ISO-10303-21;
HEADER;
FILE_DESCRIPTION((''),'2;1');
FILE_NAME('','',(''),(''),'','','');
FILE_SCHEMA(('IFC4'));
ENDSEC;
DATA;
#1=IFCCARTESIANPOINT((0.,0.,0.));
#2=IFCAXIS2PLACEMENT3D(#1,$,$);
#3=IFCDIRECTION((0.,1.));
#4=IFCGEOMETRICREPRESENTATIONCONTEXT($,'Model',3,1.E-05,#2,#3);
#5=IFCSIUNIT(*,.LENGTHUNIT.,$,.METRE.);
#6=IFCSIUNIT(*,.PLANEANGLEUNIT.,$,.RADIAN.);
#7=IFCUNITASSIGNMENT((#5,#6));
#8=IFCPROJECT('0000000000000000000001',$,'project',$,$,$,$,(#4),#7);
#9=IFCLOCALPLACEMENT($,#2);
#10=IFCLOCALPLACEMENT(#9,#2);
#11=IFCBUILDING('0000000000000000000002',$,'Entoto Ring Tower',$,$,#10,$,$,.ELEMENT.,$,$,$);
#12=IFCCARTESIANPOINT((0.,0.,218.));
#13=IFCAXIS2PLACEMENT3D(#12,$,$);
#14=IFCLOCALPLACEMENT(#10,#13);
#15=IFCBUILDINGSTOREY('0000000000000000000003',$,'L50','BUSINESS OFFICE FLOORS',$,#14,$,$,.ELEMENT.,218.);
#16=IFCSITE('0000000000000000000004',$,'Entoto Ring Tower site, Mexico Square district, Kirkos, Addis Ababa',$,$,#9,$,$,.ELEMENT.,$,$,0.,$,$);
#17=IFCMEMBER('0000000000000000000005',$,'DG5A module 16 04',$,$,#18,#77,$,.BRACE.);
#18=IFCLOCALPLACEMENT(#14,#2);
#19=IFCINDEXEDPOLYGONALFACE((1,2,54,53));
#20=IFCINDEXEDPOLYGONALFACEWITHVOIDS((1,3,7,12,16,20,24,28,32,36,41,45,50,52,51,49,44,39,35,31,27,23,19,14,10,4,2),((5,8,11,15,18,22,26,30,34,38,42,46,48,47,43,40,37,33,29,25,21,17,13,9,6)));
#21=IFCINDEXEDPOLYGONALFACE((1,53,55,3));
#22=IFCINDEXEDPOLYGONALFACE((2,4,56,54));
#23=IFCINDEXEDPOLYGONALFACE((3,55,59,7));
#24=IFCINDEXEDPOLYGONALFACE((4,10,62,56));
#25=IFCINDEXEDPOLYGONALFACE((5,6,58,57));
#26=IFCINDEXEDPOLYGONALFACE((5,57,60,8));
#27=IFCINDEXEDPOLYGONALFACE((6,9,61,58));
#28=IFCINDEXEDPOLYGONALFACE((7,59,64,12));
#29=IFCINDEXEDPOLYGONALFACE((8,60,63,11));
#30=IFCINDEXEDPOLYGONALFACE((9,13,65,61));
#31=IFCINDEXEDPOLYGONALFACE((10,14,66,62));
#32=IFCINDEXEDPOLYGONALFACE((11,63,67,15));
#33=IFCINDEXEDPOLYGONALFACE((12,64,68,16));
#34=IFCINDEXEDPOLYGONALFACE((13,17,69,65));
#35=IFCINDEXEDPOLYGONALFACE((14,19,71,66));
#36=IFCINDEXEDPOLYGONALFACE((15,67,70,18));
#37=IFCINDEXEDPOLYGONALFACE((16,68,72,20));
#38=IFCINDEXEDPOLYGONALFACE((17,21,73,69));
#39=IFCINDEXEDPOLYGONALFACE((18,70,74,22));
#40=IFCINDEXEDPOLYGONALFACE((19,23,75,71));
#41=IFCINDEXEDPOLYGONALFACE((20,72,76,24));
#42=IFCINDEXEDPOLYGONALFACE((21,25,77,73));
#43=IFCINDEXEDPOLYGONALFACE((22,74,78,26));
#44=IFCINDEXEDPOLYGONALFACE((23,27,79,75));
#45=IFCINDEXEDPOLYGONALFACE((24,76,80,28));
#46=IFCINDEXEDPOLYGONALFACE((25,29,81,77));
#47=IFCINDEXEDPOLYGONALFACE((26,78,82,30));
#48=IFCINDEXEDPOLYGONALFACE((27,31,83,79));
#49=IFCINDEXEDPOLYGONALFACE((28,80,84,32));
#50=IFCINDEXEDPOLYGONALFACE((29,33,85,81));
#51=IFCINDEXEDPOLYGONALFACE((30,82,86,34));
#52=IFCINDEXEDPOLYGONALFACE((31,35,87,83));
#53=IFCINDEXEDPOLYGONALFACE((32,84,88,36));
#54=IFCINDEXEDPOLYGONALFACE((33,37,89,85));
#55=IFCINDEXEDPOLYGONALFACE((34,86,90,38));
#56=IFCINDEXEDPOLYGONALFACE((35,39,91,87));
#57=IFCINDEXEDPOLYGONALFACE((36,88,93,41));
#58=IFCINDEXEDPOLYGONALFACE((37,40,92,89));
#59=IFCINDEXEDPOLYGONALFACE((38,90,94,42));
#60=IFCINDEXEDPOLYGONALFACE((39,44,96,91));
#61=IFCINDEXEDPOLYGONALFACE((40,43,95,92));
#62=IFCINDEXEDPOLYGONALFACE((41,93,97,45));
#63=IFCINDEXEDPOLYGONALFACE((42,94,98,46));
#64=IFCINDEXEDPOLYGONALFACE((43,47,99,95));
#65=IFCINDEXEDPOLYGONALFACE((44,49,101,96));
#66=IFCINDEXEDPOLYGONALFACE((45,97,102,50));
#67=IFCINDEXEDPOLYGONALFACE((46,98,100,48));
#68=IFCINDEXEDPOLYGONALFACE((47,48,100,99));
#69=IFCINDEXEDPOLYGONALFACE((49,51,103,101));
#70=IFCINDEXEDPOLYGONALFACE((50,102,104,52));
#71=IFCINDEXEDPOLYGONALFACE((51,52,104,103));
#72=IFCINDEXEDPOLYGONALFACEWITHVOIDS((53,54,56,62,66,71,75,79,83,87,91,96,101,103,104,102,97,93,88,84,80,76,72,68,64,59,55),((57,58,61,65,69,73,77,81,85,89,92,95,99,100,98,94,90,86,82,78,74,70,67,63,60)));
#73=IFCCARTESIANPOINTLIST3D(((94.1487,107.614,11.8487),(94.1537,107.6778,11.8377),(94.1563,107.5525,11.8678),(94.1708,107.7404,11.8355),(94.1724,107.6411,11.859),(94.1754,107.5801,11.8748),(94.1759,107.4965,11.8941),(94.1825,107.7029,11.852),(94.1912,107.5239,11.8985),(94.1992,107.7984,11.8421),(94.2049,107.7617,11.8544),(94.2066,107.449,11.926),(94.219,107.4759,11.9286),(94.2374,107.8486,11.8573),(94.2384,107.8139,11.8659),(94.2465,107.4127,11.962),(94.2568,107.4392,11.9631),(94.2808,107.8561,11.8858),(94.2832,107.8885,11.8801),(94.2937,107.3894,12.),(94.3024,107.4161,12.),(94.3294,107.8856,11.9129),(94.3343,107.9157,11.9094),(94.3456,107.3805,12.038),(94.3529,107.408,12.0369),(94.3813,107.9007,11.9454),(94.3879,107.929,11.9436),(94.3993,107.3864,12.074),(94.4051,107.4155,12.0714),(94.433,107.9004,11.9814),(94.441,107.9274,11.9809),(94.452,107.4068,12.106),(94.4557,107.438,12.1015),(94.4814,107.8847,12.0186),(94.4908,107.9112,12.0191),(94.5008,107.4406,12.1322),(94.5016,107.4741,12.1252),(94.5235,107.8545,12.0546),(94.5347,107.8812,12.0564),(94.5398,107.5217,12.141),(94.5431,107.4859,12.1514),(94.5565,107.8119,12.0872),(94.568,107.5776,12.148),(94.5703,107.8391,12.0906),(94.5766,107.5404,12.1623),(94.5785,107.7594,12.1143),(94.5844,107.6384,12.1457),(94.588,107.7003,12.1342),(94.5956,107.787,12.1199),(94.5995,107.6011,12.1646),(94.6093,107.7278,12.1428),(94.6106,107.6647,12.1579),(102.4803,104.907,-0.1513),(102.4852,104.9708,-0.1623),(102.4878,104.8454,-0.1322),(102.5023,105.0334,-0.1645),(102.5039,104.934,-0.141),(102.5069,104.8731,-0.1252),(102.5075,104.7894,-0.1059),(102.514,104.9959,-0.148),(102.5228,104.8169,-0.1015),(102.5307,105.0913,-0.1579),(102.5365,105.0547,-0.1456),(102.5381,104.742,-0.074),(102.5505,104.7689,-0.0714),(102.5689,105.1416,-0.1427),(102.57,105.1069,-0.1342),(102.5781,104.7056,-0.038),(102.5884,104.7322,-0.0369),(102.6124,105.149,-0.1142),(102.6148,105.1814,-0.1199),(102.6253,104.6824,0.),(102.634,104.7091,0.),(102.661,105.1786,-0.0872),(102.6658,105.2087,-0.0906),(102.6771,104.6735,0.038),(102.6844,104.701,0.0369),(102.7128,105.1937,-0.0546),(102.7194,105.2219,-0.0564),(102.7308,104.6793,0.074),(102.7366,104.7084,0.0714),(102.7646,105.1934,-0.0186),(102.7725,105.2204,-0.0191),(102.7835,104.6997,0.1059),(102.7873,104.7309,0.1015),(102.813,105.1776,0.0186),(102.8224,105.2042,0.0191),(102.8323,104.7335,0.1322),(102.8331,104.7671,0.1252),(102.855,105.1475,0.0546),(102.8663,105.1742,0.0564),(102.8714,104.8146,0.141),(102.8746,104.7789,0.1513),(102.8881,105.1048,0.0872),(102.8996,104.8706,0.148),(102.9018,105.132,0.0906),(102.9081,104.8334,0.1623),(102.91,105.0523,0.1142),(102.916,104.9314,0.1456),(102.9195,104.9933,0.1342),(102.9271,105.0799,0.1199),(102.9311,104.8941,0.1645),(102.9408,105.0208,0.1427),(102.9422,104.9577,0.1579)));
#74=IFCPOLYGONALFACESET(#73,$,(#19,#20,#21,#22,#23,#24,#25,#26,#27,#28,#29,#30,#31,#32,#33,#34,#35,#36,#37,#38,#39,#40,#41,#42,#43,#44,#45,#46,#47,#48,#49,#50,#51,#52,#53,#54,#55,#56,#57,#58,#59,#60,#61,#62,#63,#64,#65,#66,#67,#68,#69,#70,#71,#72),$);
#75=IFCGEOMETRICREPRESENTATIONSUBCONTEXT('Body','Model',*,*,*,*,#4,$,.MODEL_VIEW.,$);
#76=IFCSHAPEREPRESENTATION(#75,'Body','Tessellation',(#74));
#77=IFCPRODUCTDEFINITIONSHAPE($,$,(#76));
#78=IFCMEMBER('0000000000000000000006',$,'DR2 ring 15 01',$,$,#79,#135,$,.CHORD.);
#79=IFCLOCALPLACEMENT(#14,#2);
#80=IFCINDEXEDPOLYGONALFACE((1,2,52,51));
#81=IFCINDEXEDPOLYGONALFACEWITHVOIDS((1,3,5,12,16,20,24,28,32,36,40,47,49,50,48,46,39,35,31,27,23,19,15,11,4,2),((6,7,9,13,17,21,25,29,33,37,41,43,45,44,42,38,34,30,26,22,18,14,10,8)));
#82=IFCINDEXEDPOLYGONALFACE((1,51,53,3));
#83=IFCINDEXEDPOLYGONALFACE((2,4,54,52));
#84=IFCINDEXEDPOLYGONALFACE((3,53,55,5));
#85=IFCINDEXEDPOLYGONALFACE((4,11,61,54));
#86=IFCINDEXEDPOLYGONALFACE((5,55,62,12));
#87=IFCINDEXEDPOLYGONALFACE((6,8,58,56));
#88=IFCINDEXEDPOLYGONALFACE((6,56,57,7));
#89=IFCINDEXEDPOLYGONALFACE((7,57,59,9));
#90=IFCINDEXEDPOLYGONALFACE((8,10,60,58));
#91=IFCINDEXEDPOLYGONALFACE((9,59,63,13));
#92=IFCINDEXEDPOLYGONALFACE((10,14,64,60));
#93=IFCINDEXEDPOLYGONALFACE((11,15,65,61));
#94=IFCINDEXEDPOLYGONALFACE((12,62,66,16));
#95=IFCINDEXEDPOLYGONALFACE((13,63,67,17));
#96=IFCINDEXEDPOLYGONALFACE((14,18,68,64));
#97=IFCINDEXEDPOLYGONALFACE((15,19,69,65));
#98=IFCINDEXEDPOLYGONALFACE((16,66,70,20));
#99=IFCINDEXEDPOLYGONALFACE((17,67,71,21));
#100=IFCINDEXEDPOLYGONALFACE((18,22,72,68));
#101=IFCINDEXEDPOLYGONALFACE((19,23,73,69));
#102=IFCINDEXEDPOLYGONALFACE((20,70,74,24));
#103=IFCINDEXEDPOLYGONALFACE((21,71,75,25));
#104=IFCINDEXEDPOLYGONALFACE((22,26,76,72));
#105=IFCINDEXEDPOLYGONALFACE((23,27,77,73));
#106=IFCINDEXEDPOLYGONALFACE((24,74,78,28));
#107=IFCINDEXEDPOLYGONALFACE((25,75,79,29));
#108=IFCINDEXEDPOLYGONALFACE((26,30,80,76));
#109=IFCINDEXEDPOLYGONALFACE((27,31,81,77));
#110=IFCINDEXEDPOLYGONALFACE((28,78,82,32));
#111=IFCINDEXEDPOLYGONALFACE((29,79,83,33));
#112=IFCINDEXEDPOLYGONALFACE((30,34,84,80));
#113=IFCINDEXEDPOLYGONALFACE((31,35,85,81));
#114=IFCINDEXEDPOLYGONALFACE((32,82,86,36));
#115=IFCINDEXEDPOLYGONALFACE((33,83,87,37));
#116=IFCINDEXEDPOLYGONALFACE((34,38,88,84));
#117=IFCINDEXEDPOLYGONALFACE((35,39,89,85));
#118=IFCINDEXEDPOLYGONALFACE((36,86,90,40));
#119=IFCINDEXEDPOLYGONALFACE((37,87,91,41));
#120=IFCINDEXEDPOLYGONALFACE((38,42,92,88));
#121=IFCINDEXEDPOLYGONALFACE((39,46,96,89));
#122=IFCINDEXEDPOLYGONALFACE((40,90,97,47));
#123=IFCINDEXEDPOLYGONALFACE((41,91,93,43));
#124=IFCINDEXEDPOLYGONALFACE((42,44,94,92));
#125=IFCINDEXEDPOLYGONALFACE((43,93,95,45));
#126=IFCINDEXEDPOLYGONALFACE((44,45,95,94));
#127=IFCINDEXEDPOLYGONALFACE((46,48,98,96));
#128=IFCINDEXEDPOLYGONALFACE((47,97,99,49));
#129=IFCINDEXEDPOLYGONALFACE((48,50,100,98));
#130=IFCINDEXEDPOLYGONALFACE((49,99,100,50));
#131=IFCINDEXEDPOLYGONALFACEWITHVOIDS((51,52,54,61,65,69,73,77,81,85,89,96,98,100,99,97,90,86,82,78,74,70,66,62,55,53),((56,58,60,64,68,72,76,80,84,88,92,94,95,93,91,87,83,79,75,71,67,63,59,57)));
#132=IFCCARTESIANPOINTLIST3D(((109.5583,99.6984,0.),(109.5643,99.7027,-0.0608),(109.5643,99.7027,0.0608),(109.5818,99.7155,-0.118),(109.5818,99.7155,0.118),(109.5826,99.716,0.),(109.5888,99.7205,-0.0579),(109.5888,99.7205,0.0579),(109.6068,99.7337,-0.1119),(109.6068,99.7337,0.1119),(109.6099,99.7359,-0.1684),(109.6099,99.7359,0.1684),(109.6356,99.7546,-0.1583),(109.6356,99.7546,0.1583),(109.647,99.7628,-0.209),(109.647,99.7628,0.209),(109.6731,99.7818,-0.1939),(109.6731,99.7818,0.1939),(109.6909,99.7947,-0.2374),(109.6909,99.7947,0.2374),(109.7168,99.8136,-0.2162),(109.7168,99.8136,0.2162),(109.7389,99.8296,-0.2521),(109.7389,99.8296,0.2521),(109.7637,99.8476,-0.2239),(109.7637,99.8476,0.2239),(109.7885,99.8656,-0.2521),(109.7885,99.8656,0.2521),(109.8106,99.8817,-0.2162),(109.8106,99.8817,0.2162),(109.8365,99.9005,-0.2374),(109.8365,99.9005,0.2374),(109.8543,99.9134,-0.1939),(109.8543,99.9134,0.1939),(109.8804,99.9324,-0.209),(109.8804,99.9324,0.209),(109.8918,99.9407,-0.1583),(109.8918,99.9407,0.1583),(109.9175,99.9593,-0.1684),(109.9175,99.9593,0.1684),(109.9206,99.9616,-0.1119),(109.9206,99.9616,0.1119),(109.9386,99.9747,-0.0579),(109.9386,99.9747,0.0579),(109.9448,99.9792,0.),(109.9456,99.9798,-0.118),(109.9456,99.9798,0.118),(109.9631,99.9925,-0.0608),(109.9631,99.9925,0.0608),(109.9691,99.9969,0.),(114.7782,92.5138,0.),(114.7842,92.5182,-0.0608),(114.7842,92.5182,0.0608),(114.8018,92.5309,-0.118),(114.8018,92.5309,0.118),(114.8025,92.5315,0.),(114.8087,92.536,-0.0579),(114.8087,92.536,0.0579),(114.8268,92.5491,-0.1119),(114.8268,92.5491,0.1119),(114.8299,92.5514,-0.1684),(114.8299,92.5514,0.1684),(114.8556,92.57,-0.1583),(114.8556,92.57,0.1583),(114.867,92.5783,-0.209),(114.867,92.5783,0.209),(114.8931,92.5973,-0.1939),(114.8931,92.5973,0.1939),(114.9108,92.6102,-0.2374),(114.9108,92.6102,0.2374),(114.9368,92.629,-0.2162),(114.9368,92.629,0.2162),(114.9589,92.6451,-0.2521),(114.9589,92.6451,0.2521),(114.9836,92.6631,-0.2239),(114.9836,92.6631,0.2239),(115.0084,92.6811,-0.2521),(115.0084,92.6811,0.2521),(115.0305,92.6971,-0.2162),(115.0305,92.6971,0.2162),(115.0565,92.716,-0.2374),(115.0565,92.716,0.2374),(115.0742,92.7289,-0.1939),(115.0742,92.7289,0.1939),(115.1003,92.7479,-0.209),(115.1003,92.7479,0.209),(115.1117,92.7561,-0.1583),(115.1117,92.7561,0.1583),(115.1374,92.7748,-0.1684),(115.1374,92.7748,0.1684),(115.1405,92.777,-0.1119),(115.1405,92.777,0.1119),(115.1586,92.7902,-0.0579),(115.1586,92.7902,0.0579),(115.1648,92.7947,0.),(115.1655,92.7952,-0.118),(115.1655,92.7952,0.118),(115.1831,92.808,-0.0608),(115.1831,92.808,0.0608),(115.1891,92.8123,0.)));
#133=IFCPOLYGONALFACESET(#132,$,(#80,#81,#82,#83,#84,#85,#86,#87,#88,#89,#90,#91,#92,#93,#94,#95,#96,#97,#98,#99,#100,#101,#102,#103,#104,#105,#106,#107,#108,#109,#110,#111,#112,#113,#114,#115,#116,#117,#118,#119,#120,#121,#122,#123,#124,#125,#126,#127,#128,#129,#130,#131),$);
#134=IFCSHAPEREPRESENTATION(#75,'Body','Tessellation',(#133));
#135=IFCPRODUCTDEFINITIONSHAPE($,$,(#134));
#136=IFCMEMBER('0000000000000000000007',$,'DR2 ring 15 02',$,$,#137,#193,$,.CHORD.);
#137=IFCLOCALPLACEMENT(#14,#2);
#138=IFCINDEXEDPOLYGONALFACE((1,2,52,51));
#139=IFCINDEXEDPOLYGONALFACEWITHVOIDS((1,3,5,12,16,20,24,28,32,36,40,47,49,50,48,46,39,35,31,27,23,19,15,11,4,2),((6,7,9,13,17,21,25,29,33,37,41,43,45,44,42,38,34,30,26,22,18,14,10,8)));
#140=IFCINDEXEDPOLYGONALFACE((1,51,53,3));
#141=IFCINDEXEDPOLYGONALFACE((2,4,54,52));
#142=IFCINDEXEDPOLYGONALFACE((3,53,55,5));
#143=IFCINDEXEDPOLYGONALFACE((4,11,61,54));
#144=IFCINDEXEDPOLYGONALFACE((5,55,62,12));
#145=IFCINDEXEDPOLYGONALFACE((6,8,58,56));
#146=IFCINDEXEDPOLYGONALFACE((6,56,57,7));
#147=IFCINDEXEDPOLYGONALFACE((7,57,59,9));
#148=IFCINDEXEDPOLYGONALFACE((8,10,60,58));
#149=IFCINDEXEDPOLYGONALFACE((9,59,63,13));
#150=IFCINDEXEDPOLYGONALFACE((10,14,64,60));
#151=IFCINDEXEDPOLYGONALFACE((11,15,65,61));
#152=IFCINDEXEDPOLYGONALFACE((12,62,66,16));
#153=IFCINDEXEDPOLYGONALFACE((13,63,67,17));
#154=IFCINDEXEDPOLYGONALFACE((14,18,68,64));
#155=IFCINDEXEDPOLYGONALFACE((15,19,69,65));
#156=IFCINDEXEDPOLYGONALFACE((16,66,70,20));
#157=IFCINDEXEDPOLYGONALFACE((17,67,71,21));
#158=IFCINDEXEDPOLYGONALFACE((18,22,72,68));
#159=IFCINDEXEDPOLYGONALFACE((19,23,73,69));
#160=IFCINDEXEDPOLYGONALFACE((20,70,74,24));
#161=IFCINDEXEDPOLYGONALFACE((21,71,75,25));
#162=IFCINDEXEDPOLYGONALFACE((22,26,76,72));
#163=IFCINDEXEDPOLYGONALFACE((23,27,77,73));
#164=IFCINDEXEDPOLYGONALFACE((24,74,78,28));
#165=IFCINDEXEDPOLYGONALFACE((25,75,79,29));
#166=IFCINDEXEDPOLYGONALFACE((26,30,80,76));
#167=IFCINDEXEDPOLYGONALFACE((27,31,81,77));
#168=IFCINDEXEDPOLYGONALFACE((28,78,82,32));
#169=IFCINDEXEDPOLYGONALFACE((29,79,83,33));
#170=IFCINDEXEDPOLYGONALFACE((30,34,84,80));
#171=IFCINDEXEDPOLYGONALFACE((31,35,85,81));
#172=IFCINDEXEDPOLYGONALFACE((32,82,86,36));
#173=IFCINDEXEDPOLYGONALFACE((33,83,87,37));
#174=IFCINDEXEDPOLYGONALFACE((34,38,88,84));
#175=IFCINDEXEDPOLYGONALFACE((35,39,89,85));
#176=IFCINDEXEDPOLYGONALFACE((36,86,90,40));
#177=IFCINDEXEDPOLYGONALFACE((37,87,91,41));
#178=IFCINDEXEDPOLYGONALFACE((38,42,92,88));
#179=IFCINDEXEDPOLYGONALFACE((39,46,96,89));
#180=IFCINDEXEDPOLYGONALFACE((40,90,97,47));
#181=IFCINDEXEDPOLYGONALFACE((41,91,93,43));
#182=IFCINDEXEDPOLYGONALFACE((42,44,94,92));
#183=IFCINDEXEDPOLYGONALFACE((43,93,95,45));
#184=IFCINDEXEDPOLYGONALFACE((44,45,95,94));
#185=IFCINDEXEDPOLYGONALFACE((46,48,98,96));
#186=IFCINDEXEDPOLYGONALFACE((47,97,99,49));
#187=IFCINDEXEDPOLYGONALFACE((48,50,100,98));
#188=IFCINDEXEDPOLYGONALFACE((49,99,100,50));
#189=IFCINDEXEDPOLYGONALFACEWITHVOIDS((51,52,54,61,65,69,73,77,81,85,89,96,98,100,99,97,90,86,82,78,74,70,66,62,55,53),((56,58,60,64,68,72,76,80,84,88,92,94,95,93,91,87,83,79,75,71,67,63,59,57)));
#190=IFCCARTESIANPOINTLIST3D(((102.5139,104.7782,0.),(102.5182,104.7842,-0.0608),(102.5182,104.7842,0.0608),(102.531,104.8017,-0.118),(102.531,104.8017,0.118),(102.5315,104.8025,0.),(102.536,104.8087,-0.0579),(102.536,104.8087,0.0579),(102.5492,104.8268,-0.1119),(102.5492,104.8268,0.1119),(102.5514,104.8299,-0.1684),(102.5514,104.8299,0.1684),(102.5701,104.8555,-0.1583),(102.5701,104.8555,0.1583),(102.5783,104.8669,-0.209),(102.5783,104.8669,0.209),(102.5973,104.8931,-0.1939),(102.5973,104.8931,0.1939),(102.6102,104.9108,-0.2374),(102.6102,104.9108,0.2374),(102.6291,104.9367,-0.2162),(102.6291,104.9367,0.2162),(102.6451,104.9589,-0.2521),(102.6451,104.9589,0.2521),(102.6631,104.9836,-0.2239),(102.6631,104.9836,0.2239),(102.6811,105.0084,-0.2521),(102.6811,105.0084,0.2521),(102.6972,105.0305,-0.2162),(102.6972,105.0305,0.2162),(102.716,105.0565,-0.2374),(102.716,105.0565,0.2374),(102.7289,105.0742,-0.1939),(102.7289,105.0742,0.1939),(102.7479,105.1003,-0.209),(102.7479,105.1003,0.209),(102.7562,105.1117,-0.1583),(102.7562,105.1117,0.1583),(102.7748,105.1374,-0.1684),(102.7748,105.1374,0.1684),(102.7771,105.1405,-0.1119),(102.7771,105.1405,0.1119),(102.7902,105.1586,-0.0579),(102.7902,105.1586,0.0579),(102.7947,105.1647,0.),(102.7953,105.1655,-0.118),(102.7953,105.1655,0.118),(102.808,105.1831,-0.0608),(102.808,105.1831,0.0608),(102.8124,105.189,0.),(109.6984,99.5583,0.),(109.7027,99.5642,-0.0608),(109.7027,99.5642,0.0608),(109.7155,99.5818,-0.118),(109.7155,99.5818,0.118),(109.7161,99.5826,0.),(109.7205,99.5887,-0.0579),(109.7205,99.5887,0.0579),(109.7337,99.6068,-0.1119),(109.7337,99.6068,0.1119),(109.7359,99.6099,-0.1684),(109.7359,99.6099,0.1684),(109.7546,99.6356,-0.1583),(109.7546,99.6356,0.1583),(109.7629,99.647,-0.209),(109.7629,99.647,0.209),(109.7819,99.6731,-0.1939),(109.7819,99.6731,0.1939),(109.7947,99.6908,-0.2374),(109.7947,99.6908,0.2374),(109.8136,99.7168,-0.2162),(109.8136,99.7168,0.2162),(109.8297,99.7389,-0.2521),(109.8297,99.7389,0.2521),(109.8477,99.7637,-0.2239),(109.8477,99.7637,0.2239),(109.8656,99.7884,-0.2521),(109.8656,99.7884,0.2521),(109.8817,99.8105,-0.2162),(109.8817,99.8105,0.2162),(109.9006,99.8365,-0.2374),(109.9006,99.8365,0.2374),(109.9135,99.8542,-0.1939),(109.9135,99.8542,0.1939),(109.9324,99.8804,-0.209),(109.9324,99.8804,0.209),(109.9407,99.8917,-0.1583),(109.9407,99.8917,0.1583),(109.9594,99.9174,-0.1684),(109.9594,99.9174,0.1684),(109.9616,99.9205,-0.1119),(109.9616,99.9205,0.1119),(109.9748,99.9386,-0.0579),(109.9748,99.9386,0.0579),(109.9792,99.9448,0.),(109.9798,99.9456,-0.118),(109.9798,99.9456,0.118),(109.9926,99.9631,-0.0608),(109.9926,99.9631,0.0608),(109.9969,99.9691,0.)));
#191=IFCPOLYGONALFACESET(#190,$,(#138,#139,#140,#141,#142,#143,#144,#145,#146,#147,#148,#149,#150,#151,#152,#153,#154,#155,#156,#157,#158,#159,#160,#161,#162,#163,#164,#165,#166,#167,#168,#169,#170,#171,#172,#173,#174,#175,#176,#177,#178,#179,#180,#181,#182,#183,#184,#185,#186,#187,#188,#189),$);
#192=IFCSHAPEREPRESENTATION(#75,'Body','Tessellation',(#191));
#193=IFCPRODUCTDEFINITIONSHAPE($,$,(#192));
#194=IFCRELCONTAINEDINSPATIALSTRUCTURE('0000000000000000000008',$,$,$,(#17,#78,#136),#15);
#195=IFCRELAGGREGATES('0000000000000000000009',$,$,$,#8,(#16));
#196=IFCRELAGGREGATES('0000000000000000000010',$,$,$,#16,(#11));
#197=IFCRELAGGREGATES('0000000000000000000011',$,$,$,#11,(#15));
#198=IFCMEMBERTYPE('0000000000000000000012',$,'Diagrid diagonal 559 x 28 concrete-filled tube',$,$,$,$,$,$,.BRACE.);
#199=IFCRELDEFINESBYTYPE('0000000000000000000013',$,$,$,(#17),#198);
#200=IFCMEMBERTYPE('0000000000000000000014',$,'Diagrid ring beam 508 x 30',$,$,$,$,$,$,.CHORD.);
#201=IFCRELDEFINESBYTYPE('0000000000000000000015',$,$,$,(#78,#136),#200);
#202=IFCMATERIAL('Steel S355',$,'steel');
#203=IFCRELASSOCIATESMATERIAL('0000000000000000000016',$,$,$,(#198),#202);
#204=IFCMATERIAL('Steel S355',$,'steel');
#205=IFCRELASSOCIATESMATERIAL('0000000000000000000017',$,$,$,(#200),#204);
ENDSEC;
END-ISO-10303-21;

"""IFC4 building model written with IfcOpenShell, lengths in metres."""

from ifc_helpers import new_model, si_unit, direction, frame, origin, origin_2d, place, context, subcontext, project, spatial, circle, hollow_circle, extrude, material, material_profile, profile_set, type_object, element, save


model = new_model("IFC4")

# Units and contexts
model_context = context("Model", 3, precision=1e-05, world=origin(), true_north=direction((0.0, 1.0)))
body_context = subcontext(model_context, "Body", "Model", "MODEL_VIEW")
ifc_project = project(units=[si_unit("LENGTHUNIT", "METRE"), si_unit("PLANEANGLEUNIT", "RADIAN")], contexts=[model_context])

# Site, building, storey
site_placement = place(None, origin())
site = spatial("IfcSite", under=ifc_project, at=site_placement, Name="Entoto Ring Tower site, Mexico Square district, Kirkos, Addis Ababa", CompositionType="ELEMENT", RefElevation=0.0)
building_placement = place(site_placement, origin())
building = spatial("IfcBuilding", under=site, at=building_placement, Name="Entoto Ring Tower", CompositionType="ELEMENT")
storey_placement = place(building_placement, frame((0.0, 0.0, 218.0)))
storey = spatial("IfcBuildingStorey", under=building, at=storey_placement, Name="L50", Description="BUSINESS OFFICE FLOORS", CompositionType="ELEMENT", Elevation=218.0)

# Members
ifc_material_1 = material(Name="Steel S355", Category="steel")
ifc_material_profile_1 = material_profile(ifc_material_1, hollow_circle(Radius=0.2795, WallThickness=0.0281, at=origin_2d()), Name="CHS 559 x 28")
ifc_material_2 = material(Name="Concrete C60/75", Category="concrete")
ifc_material_profile_2 = material_profile(ifc_material_2, circle(Radius=0.2515, at=origin_2d()), Name="Concrete C60/75 infill")
ifc_profile_set_1 = profile_set([ifc_material_profile_1, ifc_material_profile_2], Name="Steel S355")
member_type_1 = type_object("IfcMemberType", Name="Diagrid diagonal 559 x 28 concrete-filled tube", PredefinedType="BRACE", material=ifc_profile_set_1)
for number, where, z_axis, x_axis, name in (
    (1, (102.7117, 104.9482, 0.0), (-0.560767, 0.182201, 0.807678), (-0.309012, -0.951058, 0.0), "DG5A module 16 04"),
):
    element("IfcMember", number, at=place(storey_placement, frame(where, z_axis=z_axis, x_axis=x_axis)), inside=storey, type_object=member_type_1, Name=name, PredefinedType="BRACE", context=body_context, shape_type="SweptSolid", body=[
        extrude(hollow_circle(Radius=0.2795, WallThickness=0.0281, at=origin_2d()), origin(), (0.0, 0.0, 1.0), 14.8574),
    ])
ifc_material_3 = material(Name="Steel S355", Category="steel")
ifc_material_profile_3 = material_profile(ifc_material_3, hollow_circle(Radius=0.2539, WallThickness=0.03, at=origin_2d()), Name="CHS 508 x 30")
ifc_material_4 = material(Name="Concrete C60/75", Category="concrete")
ifc_material_profile_4 = material_profile(ifc_material_4, circle(Radius=0.2241, at=origin_2d()), Name="Concrete C60/75 infill")
ifc_profile_set_2 = profile_set([ifc_material_profile_3, ifc_material_profile_4], Name="Steel S355")
member_type_2 = type_object("IfcMemberType", Name="Diagrid ring beam 508 x 30", PredefinedType="CHORD", material=ifc_profile_set_2)
for number, where, z_axis, x_axis, name in (
    (2, (114.9836, 92.6631, 0.0), (-0.587791, 0.809013, 0.0), (-0.809013, -0.587791, 0.0), "DR2 ring 15 01"),
    (3, (109.8477, 99.7637, 0.0), (-0.809013, 0.587791, 0.0), (-0.587791, -0.809013, 0.0), "DR2 ring 15 02"),
):
    element("IfcMember", number, at=place(storey_placement, frame(where, z_axis=z_axis, x_axis=x_axis)), inside=storey, type_object=member_type_2, Name=name, PredefinedType="CHORD", context=body_context, shape_type="SweptSolid", body=[
        extrude(hollow_circle(Radius=0.2539, WallThickness=0.03, at=origin_2d()), origin(), (0.0, 0.0, 1.0), 8.8806),
    ])

save(model, "model.ifc")
